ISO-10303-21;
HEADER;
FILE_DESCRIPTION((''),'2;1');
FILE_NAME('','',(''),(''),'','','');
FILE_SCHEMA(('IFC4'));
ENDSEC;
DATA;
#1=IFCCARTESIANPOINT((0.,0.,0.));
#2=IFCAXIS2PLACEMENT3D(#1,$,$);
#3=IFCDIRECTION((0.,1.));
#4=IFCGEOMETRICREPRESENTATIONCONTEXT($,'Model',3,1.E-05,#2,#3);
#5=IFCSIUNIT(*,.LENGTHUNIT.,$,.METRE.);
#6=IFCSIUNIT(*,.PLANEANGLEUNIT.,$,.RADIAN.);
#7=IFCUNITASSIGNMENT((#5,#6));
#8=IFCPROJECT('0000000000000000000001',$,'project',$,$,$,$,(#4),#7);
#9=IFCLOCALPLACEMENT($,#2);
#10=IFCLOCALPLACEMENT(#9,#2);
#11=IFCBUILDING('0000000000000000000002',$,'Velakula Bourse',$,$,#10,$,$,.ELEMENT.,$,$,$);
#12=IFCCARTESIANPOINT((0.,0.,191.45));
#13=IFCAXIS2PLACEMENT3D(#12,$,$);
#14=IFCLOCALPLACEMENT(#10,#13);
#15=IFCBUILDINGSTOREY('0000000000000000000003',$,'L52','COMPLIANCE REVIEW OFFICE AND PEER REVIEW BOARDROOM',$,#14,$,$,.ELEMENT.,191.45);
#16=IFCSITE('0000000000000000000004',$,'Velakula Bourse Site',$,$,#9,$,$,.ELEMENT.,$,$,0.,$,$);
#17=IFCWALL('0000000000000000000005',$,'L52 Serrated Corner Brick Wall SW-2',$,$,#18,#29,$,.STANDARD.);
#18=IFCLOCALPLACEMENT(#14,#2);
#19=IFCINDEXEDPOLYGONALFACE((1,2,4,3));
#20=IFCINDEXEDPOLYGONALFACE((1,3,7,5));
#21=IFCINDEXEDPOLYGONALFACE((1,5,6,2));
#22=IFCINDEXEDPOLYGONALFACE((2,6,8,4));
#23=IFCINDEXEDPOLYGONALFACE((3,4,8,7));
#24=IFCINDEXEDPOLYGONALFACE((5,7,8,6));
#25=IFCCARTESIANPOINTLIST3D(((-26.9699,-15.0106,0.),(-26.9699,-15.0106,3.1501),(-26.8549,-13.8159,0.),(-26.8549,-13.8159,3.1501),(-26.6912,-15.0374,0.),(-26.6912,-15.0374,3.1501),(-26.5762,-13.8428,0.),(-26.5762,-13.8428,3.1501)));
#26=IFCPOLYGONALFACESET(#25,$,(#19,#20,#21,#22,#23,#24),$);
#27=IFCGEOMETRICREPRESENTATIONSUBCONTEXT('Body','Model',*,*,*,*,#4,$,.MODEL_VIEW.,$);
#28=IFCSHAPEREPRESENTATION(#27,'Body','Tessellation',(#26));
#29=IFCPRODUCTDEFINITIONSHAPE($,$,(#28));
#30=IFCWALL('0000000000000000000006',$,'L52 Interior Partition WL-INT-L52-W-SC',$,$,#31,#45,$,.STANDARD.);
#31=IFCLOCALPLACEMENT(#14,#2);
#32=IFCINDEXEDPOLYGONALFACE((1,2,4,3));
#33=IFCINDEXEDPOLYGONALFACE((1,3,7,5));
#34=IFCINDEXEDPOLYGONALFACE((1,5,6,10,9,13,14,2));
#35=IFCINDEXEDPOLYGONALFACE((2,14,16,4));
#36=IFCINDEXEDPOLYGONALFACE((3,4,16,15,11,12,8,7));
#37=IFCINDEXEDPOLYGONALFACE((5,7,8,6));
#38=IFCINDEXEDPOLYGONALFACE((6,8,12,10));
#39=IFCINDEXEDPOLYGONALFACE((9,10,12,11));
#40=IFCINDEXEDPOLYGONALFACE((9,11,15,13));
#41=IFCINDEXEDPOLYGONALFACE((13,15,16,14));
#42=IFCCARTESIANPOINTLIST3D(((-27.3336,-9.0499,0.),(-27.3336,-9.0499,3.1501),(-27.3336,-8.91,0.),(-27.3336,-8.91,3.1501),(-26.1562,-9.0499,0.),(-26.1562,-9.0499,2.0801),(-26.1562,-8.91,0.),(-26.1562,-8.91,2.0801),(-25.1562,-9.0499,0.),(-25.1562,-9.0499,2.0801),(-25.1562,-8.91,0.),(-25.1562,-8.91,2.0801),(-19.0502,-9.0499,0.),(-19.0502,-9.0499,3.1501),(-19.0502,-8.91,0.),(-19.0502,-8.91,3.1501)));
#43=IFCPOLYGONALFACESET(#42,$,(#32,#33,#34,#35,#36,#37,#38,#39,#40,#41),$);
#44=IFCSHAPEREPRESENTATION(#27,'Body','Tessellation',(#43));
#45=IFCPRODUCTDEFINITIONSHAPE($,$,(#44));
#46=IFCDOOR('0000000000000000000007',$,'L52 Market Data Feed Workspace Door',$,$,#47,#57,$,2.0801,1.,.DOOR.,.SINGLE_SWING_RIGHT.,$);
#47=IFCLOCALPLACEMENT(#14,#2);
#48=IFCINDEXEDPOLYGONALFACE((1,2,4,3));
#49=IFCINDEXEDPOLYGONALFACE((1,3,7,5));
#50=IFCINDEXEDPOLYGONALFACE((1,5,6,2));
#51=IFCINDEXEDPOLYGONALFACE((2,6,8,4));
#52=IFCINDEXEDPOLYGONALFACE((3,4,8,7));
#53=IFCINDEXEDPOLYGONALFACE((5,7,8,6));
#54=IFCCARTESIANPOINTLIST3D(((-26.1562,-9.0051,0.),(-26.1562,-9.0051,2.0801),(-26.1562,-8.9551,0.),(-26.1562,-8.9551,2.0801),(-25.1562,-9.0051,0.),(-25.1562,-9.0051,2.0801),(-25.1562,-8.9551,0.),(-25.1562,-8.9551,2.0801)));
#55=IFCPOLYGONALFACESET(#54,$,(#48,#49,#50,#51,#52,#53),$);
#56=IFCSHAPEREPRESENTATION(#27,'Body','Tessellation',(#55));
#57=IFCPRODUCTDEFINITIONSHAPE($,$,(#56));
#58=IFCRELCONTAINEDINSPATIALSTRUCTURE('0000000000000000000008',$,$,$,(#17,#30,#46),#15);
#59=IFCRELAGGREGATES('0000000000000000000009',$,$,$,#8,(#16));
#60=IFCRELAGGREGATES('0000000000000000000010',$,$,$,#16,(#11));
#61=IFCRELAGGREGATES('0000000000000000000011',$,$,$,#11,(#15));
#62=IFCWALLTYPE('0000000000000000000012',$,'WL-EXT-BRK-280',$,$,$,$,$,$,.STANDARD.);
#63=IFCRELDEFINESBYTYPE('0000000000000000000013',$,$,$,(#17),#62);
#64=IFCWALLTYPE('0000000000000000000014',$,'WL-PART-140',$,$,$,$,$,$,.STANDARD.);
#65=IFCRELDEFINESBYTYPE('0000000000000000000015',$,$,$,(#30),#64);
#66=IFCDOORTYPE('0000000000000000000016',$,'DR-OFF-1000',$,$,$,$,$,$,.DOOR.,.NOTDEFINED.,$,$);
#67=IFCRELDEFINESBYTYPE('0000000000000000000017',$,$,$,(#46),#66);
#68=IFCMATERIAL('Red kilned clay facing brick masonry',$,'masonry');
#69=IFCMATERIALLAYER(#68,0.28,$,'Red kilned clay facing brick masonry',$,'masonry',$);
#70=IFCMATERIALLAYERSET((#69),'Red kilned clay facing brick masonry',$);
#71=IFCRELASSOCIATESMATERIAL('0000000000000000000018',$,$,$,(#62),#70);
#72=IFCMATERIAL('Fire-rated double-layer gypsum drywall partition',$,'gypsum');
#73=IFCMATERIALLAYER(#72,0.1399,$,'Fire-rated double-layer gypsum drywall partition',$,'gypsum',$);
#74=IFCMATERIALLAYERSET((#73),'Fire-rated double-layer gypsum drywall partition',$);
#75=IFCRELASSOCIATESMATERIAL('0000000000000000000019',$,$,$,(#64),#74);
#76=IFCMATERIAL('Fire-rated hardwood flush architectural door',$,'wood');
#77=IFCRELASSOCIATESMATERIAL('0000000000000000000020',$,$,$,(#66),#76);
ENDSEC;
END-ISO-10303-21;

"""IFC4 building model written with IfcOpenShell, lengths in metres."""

from ifc_helpers import new_model, si_unit, direction, frame, frame_2d, origin, place, context, subcontext, project, spatial, rectangle, extrude, material, layer, layer_set, type_object, element, fill, save


model = new_model("IFC4")

# Units and contexts
model_context = context("Model", 3, precision=1e-05, world=origin(), true_north=direction((0.0, 1.0)))
body_context = subcontext(model_context, "Body", "Model", "MODEL_VIEW")
ifc_project = project(units=[si_unit("LENGTHUNIT", "METRE"), si_unit("PLANEANGLEUNIT", "RADIAN")], contexts=[model_context])

# Site, building, storey
site_placement = place(None, origin())
site = spatial("IfcSite", under=ifc_project, at=site_placement, Name="Velakula Bourse Site", CompositionType="ELEMENT", RefElevation=0.0)
building_placement = place(site_placement, origin())
building = spatial("IfcBuilding", under=site, at=building_placement, Name="Velakula Bourse", CompositionType="ELEMENT")
storey_placement = place(building_placement, frame((0.0, 0.0, 191.45)))
storey = spatial("IfcBuildingStorey", under=building, at=storey_placement, Name="L52", Description="COMPLIANCE REVIEW OFFICE AND PEER REVIEW BOARDROOM", CompositionType="ELEMENT", Elevation=191.45)

# Shared definitions
ifc_material_1 = material(Name="Red kilned clay facing brick masonry", Category="masonry")
ifc_layer_1 = layer(ifc_material_1, 0.28, Name="Red kilned clay facing brick masonry", Category="masonry")
ifc_layer_set_1 = layer_set([ifc_layer_1], Name="Red kilned clay facing brick masonry")
wall_type_1 = type_object("IfcWallType", Name="WL-EXT-BRK-280", PredefinedType="STANDARD", material=ifc_layer_set_1)

# Wall
wall_1_placement = place(storey_placement, frame((-26.7156, -13.8293, 0.0), z_axis=(0.0, 0.0, 1.0), x_axis=(-0.095817, -0.995399, 0.0)))
element("IfcWall", 1, at=wall_1_placement, inside=storey, type_object=wall_type_1, Name="L52 Serrated Corner Brick Wall SW-2", PredefinedType="STANDARD", context=body_context, shape_type="SweptSolid", body=[
    extrude(rectangle(XDim=1.2002, YDim=0.28, at=frame_2d((0.6001, 0.0))), origin(), (0.0, 0.0, 1.0), 3.1501),
])

# Shared definitions
ifc_material_2 = material(Name="Fire-rated double-layer gypsum drywall partition", Category="gypsum")
ifc_layer_2 = layer(ifc_material_2, 0.1399, Name="Fire-rated double-layer gypsum drywall partition", Category="gypsum")
ifc_layer_set_2 = layer_set([ifc_layer_2], Name="Fire-rated double-layer gypsum drywall partition")
wall_type_2 = type_object("IfcWallType", Name="WL-PART-140", PredefinedType="STANDARD", material=ifc_layer_set_2)
ifc_material_3 = material(Name="Fire-rated hardwood flush architectural door", Category="wood")
door_type_1 = type_object("IfcDoorType", Name="DR-OFF-1000", OperationType="NOTDEFINED", PredefinedType="DOOR", material=ifc_material_3)

# Wall, opening, door
wall_2_placement = place(storey_placement, frame((-27.3335, -8.98, 0.0), z_axis=(0.0, 0.0, 1.0), x_axis=(1.0, 0.0, 0.0)))
wall_2 = element("IfcWall", 2, at=wall_2_placement, inside=storey, type_object=wall_type_2, Name="L52 Interior Partition WL-INT-L52-W-SC", PredefinedType="STANDARD", context=body_context, shape_type="SweptSolid", body=[
    extrude(rectangle(XDim=8.2834, YDim=0.1399, at=frame_2d((4.1416, 0.0))), origin(), (0.0, 0.0, 1.0), 3.1501),
])
opening_1_placement = place(wall_2_placement, frame((1.1772, 0.0, 0.0)))
opening_1 = element("IfcOpeningElement", 3, at=opening_1_placement, cuts=wall_2, PredefinedType="OPENING", context=body_context, shape_type="SweptSolid", body=[
    extrude(rectangle(XDim=1.0, YDim=2.0801, at=frame_2d((0.5, 1.04))), frame((0.0, 0.0798, 0.0), z_axis=(0.0, -1.0, 0.0), x_axis=(1.0, 0.0, 0.0)), (0.0, 0.0, 1.0), 0.1599),
])
door_1_placement = place(opening_1_placement, origin())
door_1 = element("IfcDoor", 4, at=door_1_placement, inside=storey, type_object=door_type_1, Name="L52 Market Data Feed Workspace Door", OperationType="SINGLE_SWING_RIGHT", OverallHeight=2.0801, OverallWidth=1.0, PredefinedType="DOOR", context=body_context, shape_type="SweptSolid", body=[
    extrude(rectangle(XDim=1.0, YDim=2.0801, at=frame_2d((0.5, 1.04))), frame((0.0, 0.0249, 0.0), z_axis=(0.0, -1.0, 0.0), x_axis=(1.0, 0.0, 0.0)), (0.0, 0.0, 1.0), 0.05),
])
fill(opening_1, door_1)

save(model, "model.ifc")
